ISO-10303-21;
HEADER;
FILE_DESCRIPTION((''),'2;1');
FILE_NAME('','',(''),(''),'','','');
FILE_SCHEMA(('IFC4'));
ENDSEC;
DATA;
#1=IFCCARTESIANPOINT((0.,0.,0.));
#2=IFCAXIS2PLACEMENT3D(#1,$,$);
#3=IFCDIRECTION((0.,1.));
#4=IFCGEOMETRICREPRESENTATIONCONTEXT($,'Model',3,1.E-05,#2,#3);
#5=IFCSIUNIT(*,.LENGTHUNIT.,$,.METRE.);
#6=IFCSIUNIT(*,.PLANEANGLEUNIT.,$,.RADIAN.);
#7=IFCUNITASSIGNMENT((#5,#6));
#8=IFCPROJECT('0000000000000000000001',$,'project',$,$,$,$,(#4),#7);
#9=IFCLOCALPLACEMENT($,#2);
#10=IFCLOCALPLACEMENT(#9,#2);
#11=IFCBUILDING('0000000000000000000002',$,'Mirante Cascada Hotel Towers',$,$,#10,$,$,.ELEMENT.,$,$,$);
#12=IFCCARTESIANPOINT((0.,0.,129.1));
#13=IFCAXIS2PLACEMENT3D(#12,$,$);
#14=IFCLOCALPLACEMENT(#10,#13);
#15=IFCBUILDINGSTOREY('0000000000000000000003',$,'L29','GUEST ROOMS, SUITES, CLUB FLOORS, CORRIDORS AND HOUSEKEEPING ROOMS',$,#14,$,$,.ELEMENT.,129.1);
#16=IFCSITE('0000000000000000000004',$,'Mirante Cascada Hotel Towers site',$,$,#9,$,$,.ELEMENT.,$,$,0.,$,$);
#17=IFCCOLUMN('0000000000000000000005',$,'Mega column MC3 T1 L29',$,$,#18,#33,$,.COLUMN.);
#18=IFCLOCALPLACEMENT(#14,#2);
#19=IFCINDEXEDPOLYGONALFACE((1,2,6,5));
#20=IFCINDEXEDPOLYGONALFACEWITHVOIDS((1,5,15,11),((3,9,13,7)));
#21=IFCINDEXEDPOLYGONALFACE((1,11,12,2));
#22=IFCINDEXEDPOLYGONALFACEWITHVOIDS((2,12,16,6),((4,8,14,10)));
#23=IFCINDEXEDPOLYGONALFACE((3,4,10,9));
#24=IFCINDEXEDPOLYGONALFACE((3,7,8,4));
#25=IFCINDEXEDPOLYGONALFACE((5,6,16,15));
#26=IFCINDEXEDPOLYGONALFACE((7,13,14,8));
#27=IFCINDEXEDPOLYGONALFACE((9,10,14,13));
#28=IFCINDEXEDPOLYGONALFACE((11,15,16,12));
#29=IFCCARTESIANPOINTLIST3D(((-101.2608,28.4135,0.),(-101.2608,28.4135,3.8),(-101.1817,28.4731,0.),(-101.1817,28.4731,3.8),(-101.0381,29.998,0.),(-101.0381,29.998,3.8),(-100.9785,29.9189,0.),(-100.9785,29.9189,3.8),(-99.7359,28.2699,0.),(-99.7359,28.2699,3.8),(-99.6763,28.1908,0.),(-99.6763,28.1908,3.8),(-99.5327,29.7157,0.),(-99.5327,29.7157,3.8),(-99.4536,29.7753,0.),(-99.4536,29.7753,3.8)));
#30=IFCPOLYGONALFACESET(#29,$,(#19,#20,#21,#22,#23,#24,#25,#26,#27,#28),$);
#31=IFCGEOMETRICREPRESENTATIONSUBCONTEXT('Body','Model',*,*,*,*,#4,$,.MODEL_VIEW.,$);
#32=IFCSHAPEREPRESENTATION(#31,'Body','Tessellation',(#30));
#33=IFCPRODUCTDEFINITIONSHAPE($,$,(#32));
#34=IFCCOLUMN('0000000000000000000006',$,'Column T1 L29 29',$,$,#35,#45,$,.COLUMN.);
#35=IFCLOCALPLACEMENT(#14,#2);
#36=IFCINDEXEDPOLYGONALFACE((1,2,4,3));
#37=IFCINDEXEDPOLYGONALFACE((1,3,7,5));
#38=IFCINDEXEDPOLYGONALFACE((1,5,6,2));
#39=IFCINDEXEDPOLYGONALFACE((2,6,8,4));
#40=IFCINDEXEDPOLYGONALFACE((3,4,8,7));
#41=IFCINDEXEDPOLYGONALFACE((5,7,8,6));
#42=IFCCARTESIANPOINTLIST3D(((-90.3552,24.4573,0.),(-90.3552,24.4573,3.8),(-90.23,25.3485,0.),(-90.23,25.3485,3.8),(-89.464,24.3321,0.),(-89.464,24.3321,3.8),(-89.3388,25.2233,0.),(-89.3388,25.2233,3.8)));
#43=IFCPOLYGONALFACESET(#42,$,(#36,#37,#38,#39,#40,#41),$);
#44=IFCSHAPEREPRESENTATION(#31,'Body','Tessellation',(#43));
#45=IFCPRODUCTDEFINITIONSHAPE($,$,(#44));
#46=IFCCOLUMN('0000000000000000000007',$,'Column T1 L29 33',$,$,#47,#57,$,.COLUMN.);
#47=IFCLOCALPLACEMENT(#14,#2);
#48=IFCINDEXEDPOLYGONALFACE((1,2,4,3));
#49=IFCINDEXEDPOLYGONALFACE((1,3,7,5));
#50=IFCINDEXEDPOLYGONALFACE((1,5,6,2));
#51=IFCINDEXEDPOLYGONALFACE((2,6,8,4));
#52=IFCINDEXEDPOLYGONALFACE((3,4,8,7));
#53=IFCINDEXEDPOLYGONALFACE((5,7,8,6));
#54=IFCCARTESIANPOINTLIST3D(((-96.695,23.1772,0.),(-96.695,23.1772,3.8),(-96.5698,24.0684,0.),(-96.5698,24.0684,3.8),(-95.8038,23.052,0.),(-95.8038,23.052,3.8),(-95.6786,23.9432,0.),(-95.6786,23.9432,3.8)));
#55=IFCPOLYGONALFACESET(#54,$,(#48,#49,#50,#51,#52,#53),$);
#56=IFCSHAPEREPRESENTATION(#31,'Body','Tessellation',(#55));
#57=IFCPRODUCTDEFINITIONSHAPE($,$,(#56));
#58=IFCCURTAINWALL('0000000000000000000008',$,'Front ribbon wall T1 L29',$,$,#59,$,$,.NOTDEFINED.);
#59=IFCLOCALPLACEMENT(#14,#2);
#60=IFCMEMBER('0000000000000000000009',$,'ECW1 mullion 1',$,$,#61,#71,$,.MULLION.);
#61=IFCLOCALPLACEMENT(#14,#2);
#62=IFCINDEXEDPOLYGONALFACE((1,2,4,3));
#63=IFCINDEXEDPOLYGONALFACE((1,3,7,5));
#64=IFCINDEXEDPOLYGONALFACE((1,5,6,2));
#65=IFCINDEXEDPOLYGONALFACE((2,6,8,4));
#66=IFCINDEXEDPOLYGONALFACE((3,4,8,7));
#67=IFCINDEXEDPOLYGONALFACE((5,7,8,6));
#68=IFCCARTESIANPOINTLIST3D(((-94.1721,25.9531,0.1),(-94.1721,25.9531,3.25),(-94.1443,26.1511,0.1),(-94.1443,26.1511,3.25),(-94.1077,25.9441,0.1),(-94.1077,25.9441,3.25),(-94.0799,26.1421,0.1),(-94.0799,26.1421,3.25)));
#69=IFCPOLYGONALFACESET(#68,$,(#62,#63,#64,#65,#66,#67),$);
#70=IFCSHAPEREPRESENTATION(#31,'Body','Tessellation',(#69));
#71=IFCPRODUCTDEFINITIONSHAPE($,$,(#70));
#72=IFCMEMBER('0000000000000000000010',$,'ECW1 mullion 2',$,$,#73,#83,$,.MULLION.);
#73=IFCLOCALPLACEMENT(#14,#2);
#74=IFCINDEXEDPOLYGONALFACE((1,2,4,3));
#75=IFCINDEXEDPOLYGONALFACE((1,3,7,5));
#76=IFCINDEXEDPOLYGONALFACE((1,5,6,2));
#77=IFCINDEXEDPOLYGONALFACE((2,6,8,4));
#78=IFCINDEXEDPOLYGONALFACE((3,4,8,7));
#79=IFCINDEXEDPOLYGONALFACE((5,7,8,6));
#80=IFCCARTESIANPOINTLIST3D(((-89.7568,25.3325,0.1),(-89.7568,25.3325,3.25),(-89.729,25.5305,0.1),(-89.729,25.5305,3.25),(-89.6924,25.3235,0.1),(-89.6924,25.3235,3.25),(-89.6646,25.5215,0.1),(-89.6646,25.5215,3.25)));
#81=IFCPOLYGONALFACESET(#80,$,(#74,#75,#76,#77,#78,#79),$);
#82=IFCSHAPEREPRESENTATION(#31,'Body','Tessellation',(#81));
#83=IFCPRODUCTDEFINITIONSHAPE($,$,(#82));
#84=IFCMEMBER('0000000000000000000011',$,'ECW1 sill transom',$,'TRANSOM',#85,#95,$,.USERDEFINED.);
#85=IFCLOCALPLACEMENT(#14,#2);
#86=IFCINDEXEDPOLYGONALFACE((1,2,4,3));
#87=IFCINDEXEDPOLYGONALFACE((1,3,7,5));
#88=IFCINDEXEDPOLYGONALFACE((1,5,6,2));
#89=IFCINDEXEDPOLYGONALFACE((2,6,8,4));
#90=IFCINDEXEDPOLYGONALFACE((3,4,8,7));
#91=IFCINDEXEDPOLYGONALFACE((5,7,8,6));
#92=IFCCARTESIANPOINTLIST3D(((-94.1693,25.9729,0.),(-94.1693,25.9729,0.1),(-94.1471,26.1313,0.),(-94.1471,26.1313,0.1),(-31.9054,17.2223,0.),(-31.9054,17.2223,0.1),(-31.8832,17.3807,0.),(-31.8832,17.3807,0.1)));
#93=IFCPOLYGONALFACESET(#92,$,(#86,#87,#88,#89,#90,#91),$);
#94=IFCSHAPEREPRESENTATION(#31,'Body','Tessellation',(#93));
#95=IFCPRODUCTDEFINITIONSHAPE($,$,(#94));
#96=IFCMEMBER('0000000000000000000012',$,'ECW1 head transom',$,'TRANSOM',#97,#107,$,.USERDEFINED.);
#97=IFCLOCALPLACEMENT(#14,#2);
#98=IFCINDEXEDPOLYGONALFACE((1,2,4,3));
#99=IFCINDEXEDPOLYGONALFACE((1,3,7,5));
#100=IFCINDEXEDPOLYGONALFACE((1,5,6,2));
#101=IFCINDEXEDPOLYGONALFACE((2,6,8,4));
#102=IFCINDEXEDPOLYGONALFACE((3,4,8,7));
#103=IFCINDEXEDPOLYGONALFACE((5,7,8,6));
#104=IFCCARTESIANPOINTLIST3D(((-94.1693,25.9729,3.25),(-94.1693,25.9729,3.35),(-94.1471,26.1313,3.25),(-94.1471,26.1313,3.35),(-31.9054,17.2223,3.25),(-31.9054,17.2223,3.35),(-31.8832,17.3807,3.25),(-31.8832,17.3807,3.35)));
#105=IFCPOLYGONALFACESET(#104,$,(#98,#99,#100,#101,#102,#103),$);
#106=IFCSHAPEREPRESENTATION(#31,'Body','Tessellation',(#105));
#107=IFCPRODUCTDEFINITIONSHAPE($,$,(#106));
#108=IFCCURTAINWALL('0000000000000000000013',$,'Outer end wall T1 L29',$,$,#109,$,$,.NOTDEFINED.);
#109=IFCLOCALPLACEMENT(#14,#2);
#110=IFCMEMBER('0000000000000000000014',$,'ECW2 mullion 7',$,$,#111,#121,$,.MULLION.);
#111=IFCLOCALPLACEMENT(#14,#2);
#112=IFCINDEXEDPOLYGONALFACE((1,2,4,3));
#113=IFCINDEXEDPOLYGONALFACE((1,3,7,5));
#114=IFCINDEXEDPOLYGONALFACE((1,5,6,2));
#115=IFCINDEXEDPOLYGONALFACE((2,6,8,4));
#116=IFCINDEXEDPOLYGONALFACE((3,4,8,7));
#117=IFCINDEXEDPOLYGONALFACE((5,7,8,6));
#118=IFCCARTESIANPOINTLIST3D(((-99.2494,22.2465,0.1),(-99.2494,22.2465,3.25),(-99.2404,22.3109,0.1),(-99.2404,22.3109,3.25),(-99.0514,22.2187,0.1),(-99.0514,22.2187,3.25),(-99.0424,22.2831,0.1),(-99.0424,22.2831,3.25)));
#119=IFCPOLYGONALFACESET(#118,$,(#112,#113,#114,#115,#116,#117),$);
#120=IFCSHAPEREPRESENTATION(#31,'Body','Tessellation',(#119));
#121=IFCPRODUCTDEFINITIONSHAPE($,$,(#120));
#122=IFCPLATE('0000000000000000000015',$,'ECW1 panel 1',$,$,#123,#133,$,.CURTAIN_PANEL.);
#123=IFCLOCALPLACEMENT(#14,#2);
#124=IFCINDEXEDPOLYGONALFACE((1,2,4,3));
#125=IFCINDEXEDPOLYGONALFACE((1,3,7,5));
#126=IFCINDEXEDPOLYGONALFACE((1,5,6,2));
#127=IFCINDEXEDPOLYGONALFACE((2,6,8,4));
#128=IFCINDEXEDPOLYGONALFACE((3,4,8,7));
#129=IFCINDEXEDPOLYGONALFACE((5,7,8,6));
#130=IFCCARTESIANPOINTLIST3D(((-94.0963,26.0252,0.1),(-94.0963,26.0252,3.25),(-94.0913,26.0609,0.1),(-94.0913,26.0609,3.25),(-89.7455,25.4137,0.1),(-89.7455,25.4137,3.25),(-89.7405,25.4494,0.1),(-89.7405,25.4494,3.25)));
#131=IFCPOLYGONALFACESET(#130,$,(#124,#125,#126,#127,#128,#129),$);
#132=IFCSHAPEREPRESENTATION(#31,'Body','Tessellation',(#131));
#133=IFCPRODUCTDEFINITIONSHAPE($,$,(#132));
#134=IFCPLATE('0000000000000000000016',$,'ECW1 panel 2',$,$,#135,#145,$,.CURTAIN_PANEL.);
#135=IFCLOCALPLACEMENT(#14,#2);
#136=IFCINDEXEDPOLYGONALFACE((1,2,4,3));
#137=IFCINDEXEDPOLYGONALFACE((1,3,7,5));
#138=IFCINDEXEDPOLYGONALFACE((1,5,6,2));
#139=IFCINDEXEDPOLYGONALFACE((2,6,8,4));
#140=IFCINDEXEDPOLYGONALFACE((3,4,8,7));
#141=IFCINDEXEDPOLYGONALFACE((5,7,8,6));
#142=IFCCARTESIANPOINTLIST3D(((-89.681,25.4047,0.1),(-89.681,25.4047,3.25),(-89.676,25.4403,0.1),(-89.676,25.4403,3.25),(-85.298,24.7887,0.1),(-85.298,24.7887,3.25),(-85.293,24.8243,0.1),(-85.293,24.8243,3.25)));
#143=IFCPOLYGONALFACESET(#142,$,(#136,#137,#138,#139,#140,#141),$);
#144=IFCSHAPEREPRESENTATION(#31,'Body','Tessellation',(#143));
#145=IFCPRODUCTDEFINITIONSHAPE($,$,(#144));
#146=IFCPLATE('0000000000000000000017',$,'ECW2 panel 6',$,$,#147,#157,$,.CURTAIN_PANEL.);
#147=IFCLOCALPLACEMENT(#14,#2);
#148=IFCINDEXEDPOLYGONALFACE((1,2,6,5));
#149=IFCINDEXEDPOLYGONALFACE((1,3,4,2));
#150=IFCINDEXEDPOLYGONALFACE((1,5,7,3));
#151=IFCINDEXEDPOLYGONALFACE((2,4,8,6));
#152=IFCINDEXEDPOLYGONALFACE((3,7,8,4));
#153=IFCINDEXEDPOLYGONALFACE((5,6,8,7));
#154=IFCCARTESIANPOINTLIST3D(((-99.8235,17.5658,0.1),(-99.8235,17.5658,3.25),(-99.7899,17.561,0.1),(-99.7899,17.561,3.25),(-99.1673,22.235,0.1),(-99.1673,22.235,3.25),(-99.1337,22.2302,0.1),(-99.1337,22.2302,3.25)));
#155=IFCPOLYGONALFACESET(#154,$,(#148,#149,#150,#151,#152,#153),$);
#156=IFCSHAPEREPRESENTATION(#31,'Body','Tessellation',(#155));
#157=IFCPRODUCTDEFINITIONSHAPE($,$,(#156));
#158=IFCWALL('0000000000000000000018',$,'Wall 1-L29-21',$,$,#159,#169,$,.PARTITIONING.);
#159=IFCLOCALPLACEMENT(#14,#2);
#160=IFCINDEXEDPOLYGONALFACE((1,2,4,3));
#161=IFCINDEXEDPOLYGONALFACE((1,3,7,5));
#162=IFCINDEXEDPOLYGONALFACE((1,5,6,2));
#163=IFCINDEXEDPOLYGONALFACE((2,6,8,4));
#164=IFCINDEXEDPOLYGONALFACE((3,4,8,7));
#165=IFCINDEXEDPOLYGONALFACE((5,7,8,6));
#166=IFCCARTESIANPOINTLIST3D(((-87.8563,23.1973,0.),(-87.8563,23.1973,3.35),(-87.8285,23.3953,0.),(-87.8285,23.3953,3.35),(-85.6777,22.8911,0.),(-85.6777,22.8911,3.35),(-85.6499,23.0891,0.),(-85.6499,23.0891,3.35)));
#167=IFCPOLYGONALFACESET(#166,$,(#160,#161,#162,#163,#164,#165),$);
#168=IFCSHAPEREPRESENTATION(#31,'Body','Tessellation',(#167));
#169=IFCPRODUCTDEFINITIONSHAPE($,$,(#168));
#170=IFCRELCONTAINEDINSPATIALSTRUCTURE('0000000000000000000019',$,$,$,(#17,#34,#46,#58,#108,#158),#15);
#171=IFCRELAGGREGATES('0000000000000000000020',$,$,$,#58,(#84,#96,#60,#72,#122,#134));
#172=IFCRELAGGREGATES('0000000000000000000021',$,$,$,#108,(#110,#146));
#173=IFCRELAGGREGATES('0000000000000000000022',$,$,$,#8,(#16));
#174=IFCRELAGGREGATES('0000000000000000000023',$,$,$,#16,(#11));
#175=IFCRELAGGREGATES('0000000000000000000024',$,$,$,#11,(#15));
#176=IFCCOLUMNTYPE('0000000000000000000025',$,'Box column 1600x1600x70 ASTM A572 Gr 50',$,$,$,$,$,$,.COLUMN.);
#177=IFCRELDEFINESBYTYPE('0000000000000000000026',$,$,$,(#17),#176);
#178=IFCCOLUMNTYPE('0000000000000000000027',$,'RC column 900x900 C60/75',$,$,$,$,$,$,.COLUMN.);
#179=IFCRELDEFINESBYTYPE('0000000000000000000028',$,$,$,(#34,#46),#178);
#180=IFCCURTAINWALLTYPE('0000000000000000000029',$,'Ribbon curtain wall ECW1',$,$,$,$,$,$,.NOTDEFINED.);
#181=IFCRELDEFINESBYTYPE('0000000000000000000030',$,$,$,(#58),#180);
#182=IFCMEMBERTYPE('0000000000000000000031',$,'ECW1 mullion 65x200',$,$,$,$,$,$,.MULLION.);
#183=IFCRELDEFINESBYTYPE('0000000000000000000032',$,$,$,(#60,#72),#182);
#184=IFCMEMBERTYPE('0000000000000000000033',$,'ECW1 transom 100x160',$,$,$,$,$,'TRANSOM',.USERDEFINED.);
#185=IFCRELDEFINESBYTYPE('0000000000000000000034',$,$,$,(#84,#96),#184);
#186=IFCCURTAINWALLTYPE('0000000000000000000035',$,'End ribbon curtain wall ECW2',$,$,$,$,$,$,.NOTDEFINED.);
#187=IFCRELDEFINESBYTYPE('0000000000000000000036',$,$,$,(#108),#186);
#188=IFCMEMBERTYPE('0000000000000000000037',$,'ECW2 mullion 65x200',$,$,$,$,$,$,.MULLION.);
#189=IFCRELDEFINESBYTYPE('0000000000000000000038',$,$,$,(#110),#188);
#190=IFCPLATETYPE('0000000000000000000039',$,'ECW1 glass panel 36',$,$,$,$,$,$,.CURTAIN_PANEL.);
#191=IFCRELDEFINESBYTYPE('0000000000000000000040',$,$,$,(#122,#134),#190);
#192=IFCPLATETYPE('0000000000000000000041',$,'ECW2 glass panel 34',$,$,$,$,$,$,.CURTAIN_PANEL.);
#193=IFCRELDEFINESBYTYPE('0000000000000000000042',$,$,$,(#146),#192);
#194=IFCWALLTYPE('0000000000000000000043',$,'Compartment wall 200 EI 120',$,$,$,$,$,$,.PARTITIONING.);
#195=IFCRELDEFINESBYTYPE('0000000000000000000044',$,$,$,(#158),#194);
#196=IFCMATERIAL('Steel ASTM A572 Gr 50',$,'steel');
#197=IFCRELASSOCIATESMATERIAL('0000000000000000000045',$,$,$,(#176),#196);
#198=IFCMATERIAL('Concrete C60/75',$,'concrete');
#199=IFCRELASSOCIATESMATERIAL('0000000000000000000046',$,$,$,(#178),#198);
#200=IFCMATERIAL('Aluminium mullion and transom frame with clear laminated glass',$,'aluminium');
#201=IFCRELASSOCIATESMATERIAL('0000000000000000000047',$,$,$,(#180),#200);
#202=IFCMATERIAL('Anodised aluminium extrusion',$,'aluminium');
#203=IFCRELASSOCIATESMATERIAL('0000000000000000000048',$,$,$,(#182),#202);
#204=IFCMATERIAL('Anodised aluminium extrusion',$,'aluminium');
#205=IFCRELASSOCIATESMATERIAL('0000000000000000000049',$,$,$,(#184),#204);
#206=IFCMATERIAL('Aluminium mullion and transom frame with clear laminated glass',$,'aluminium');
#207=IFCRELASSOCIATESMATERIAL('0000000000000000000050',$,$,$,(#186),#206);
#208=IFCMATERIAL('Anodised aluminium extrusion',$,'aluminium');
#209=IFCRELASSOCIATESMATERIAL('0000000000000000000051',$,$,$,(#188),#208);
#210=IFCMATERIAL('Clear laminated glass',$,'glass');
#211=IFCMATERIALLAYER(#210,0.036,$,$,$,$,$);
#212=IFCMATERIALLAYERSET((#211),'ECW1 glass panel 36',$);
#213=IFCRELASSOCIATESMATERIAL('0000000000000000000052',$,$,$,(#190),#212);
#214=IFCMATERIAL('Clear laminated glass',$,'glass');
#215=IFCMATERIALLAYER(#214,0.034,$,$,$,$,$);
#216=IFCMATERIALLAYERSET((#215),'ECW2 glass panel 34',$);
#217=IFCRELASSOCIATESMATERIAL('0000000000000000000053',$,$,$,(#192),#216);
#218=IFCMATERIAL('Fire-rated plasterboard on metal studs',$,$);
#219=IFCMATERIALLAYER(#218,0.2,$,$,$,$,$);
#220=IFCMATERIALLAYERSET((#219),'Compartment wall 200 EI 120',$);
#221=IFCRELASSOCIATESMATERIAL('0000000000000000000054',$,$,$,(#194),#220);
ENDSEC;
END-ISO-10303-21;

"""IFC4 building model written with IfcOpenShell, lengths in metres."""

from ifc_helpers import new_model, si_unit, direction, frame, frame_2d, origin, origin_2d, place, context, subcontext, project, spatial, rectangle, hollow_rectangle, extrude, material, layer, layer_set, material_profile, profile_set, type_object, element, aggregate, save


model = new_model("IFC4")

# Units and contexts
model_context = context("Model", 3, precision=1e-05, world=origin(), true_north=direction((0.0, 1.0)))
body_context = subcontext(model_context, "Body", "Model", "MODEL_VIEW")
ifc_project = project(units=[si_unit("LENGTHUNIT", "METRE"), si_unit("PLANEANGLEUNIT", "RADIAN")], contexts=[model_context])

# Site, building, storey
site_placement = place(None, origin())
site = spatial("IfcSite", under=ifc_project, at=site_placement, Name="Mirante Cascada Hotel Towers site", CompositionType="ELEMENT", RefElevation=0.0)
building_placement = place(site_placement, origin())
building = spatial("IfcBuilding", under=site, at=building_placement, Name="Mirante Cascada Hotel Towers", CompositionType="ELEMENT")
storey_placement = place(building_placement, frame((0.0, 0.0, 129.1)))
storey = spatial("IfcBuildingStorey", under=building, at=storey_placement, Name="L29", Description="GUEST ROOMS, SUITES, CLUB FLOORS, CORRIDORS AND HOUSEKEEPING ROOMS", CompositionType="ELEMENT", Elevation=129.1)

# Columns
ifc_material_1 = material(Name="Steel ASTM A572 Gr 50", Category="steel")
ifc_material_profile_1 = material_profile(ifc_material_1, hollow_rectangle(XDim=1.6, YDim=1.6, WallThickness=0.07, at=origin_2d()), Name="Box column 1600x1600x70 ASTM A572 Gr 50")
ifc_profile_set_1 = profile_set([ifc_material_profile_1], Name="Steel ASTM A572 Gr 50")
column_type_1 = type_object("IfcColumnType", Name="Box column 1600x1600x70 ASTM A572 Gr 50", PredefinedType="COLUMN", material=ifc_profile_set_1)
column_placement = place(storey_placement, frame((-100.3572, 29.0944, 0.0), z_axis=(0.0, 0.0, 1.0), x_axis=(-0.990268, 0.139173, 0.0)))
element("IfcColumn", 1, at=column_placement, inside=storey, type_object=column_type_1, Name="Mega column MC3 T1 L29", PredefinedType="COLUMN", context=body_context, shape_type="SweptSolid", body=[
    extrude(hollow_rectangle(XDim=1.6, YDim=1.6, WallThickness=0.07, at=origin_2d()), origin(), (0.0, 0.0, 1.0), 3.8),
])
ifc_material_2 = material(Name="Concrete C60/75", Category="concrete")
ifc_material_profile_2 = material_profile(ifc_material_2, rectangle(XDim=0.9, YDim=0.9, at=origin_2d()), Name="RC column 900x900 C60/75")
ifc_profile_set_2 = profile_set([ifc_material_profile_2], Name="Concrete C60/75")
column_type_2 = type_object("IfcColumnType", Name="RC column 900x900 C60/75", PredefinedType="COLUMN", material=ifc_profile_set_2)
for number, where, z_axis, x_axis, name in (
    (2, (-89.847, 24.8403, 0.0), (0.0, 0.0, 1.0), (-0.990268, 0.139173, 0.0), "Column T1 L29 29"),
    (3, (-96.1868, 23.5602, 0.0), (0.0, 0.0, 1.0), (-0.990268, 0.139173, 0.0), "Column T1 L29 33"),
):
    element("IfcColumn", number, at=place(storey_placement, frame(where, z_axis=z_axis, x_axis=x_axis)), inside=storey, type_object=column_type_2, Name=name, PredefinedType="COLUMN", context=body_context, shape_type="SweptSolid", body=[
        extrude(rectangle(XDim=0.9, YDim=0.9, at=origin_2d()), origin(), (0.0, 0.0, 1.0), 3.8),
    ])

# Curtain wall, members
ifc_material_3 = material(Name="Aluminium mullion and transom frame with clear laminated glass", Category="aluminium")
curtain_wall_type_1 = type_object("IfcCurtainWallType", Name="Ribbon curtain wall ECW1", PredefinedType="NOTDEFINED", material=ifc_material_3)
curtain_wall_1_placement = place(storey_placement, origin())
curtain_wall_1 = element("IfcCurtainWall", 4, at=curtain_wall_1_placement, inside=storey, type_object=curtain_wall_type_1, Name="Front ribbon wall T1 L29", PredefinedType="NOTDEFINED")
ifc_material_4 = material(Name="Anodised aluminium extrusion", Category="aluminium")
ifc_material_profile_3 = material_profile(ifc_material_4, rectangle(XDim=0.2, YDim=0.065, at=origin_2d()), Name="ECW1 MULLION 65x200")
ifc_profile_set_3 = profile_set([ifc_material_profile_3], Name="Anodised aluminium extrusion")
member_type_1 = type_object("IfcMemberType", Name="ECW1 mullion 65x200", PredefinedType="MULLION", material=ifc_profile_set_3)
member_1_placement = place(storey_placement, frame((-94.126, 26.0476, 0.1), z_axis=(0.0, 0.0, 1.0), x_axis=(0.139173, 0.990268, 0.0)))
member_1 = element("IfcMember", 5, at=member_1_placement, type_object=member_type_1, Name="ECW1 mullion 1", PredefinedType="MULLION", context=body_context, shape_type="SweptSolid", body=[
    extrude(rectangle(XDim=0.2, YDim=0.065, at=origin_2d()), origin(), (0.0, 0.0, 1.0), 3.15),
])
member_2_placement = place(storey_placement, frame((-89.7107, 25.427, 0.1), z_axis=(0.0, 0.0, 1.0), x_axis=(0.139173, 0.990268, 0.0)))
member_2 = element("IfcMember", 6, at=member_2_placement, type_object=member_type_1, Name="ECW1 mullion 2", PredefinedType="MULLION", context=body_context, shape_type="SweptSolid", body=[
    extrude(rectangle(XDim=0.2, YDim=0.065, at=origin_2d()), origin(), (0.0, 0.0, 1.0), 3.15),
])
ifc_material_5 = material(Name="Anodised aluminium extrusion", Category="aluminium")
ifc_material_profile_4 = material_profile(ifc_material_5, rectangle(XDim=0.16, YDim=0.1, at=origin_2d()), Name="ECW1 TRANSOM 100x160")
ifc_profile_set_4 = profile_set([ifc_material_profile_4], Name="Anodised aluminium extrusion")
member_type_2 = type_object("IfcMemberType", Name="ECW1 transom 100x160", ElementType="TRANSOM", PredefinedType="USERDEFINED", material=ifc_profile_set_4)
member_3_placement = place(storey_placement, frame((-94.1582, 26.0521, 0.05), z_axis=(0.990268, -0.139173, 0.0), x_axis=(0.139173, 0.990268, 0.0)))
member_3 = element("IfcMember", 7, at=member_3_placement, type_object=member_type_2, Name="ECW1 sill transom", ObjectType="TRANSOM", PredefinedType="USERDEFINED", context=body_context, shape_type="SweptSolid", body=[
    extrude(rectangle(XDim=0.16, YDim=0.1, at=origin_2d()), origin(), (0.0, 0.0, 1.0), 62.8758),
])
member_4_placement = place(storey_placement, frame((-94.1582, 26.0521, 3.3), z_axis=(0.990268, -0.139173, 0.0), x_axis=(0.139173, 0.990268, 0.0)))
member_4 = element("IfcMember", 8, at=member_4_placement, type_object=member_type_2, Name="ECW1 head transom", ObjectType="TRANSOM", PredefinedType="USERDEFINED", context=body_context, shape_type="SweptSolid", body=[
    extrude(rectangle(XDim=0.16, YDim=0.1, at=origin_2d()), origin(), (0.0, 0.0, 1.0), 62.8758),
])

# Curtain wall, member
ifc_material_6 = material(Name="Aluminium mullion and transom frame with clear laminated glass", Category="aluminium")
curtain_wall_type_2 = type_object("IfcCurtainWallType", Name="End ribbon curtain wall ECW2", PredefinedType="NOTDEFINED", material=ifc_material_6)
curtain_wall_2_placement = place(storey_placement, origin())
curtain_wall_2 = element("IfcCurtainWall", 9, at=curtain_wall_2_placement, inside=storey, type_object=curtain_wall_type_2, Name="Outer end wall T1 L29", PredefinedType="NOTDEFINED")
ifc_material_7 = material(Name="Anodised aluminium extrusion", Category="aluminium")
ifc_material_profile_5 = material_profile(ifc_material_7, rectangle(XDim=0.2, YDim=0.065, at=origin_2d()), Name="ECW2 MULLION 65x200")
ifc_profile_set_5 = profile_set([ifc_material_profile_5], Name="Anodised aluminium extrusion")
member_type_3 = type_object("IfcMemberType", Name="ECW2 mullion 65x200", PredefinedType="MULLION", material=ifc_profile_set_5)
member_5_placement = place(storey_placement, frame((-99.1459, 22.2648, 0.1), z_axis=(0.0, 0.0, 1.0), x_axis=(-0.990268, 0.139173, 0.0)))
member_5 = element("IfcMember", 10, at=member_5_placement, type_object=member_type_3, Name="ECW2 mullion 7", PredefinedType="MULLION", context=body_context, shape_type="SweptSolid", body=[
    extrude(rectangle(XDim=0.2, YDim=0.065, at=origin_2d()), origin(), (0.0, 0.0, 1.0), 3.15),
])

# Plates
ifc_material_8 = material(Name="Clear laminated glass", Category="glass")
ifc_layer_1 = layer(ifc_material_8, 0.036)
ifc_layer_set_1 = layer_set([ifc_layer_1], Name="ECW1 glass panel 36")
plate_type_1 = type_object("IfcPlateType", Name="ECW1 glass panel 36", PredefinedType="CURTAIN_PANEL", material=ifc_layer_set_1)
plate_1_placement = place(storey_placement, frame((-91.9184, 25.7373, 0.1), z_axis=(0.0, 0.0, 1.0), x_axis=(0.990268, -0.139173, 0.0)))
plate_1 = element("IfcPlate", 11, at=plate_1_placement, type_object=plate_type_1, Name="ECW1 panel 1", PredefinedType="CURTAIN_PANEL", context=body_context, shape_type="SweptSolid", body=[
    extrude(rectangle(XDim=4.3936, YDim=0.036, at=origin_2d()), origin(), (0.0, 0.0, 1.0), 3.15),
])
plate_2_placement = place(storey_placement, frame((-87.487, 25.1145, 0.1), z_axis=(0.0, 0.0, 1.0), x_axis=(0.990268, -0.139173, 0.0)))
plate_2 = element("IfcPlate", 12, at=plate_2_placement, type_object=plate_type_1, Name="ECW1 panel 2", PredefinedType="CURTAIN_PANEL", context=body_context, shape_type="SweptSolid", body=[
    extrude(rectangle(XDim=4.4261, YDim=0.036, at=origin_2d()), origin(), (0.0, 0.0, 1.0), 3.15),
])
aggregate(curtain_wall_1, [member_3, member_4, member_1, member_2, plate_1, plate_2])
ifc_material_9 = material(Name="Clear laminated glass", Category="glass")
ifc_layer_2 = layer(ifc_material_9, 0.034)
ifc_layer_set_2 = layer_set([ifc_layer_2], Name="ECW2 glass panel 34")
plate_type_2 = type_object("IfcPlateType", Name="ECW2 glass panel 34", PredefinedType="CURTAIN_PANEL", material=ifc_layer_set_2)
plate_3_placement = place(storey_placement, frame((-99.4786, 19.898, 0.1), z_axis=(0.0, 0.0, 1.0), x_axis=(0.139173, 0.990268, 0.0)))
plate_3 = element("IfcPlate", 13, at=plate_3_placement, type_object=plate_type_2, Name="ECW2 panel 6", PredefinedType="CURTAIN_PANEL", context=body_context, shape_type="SweptSolid", body=[
    extrude(rectangle(XDim=4.7151, YDim=0.034, at=origin_2d()), origin(), (0.0, 0.0, 1.0), 3.15),
])
aggregate(curtain_wall_2, [member_5, plate_3])

# Wall
ifc_material_10 = material(Name="Fire-rated plasterboard on metal studs")
ifc_layer_3 = layer(ifc_material_10, 0.2)
ifc_layer_set_3 = layer_set([ifc_layer_3], Name="Compartment wall 200 EI 120")
wall_type_1 = type_object("IfcWallType", Name="Compartment wall 200 EI 120", PredefinedType="PARTITIONING", material=ifc_layer_set_3)
wall_1_placement = place(storey_placement, frame((-87.8424, 23.2963, 0.0), z_axis=(0.0, 0.0, 1.0), x_axis=(0.990267, -0.139181, 0.0)))
element("IfcWall", 14, at=wall_1_placement, inside=storey, type_object=wall_type_1, Name="Wall 1-L29-21", PredefinedType="PARTITIONING", context=body_context, shape_type="SweptSolid", body=[
    extrude(rectangle(XDim=2.2, YDim=0.2, at=frame_2d((1.1, 0.0))), origin(), (0.0, 0.0, 1.0), 3.35),
])

save(model, "model.ifc")
